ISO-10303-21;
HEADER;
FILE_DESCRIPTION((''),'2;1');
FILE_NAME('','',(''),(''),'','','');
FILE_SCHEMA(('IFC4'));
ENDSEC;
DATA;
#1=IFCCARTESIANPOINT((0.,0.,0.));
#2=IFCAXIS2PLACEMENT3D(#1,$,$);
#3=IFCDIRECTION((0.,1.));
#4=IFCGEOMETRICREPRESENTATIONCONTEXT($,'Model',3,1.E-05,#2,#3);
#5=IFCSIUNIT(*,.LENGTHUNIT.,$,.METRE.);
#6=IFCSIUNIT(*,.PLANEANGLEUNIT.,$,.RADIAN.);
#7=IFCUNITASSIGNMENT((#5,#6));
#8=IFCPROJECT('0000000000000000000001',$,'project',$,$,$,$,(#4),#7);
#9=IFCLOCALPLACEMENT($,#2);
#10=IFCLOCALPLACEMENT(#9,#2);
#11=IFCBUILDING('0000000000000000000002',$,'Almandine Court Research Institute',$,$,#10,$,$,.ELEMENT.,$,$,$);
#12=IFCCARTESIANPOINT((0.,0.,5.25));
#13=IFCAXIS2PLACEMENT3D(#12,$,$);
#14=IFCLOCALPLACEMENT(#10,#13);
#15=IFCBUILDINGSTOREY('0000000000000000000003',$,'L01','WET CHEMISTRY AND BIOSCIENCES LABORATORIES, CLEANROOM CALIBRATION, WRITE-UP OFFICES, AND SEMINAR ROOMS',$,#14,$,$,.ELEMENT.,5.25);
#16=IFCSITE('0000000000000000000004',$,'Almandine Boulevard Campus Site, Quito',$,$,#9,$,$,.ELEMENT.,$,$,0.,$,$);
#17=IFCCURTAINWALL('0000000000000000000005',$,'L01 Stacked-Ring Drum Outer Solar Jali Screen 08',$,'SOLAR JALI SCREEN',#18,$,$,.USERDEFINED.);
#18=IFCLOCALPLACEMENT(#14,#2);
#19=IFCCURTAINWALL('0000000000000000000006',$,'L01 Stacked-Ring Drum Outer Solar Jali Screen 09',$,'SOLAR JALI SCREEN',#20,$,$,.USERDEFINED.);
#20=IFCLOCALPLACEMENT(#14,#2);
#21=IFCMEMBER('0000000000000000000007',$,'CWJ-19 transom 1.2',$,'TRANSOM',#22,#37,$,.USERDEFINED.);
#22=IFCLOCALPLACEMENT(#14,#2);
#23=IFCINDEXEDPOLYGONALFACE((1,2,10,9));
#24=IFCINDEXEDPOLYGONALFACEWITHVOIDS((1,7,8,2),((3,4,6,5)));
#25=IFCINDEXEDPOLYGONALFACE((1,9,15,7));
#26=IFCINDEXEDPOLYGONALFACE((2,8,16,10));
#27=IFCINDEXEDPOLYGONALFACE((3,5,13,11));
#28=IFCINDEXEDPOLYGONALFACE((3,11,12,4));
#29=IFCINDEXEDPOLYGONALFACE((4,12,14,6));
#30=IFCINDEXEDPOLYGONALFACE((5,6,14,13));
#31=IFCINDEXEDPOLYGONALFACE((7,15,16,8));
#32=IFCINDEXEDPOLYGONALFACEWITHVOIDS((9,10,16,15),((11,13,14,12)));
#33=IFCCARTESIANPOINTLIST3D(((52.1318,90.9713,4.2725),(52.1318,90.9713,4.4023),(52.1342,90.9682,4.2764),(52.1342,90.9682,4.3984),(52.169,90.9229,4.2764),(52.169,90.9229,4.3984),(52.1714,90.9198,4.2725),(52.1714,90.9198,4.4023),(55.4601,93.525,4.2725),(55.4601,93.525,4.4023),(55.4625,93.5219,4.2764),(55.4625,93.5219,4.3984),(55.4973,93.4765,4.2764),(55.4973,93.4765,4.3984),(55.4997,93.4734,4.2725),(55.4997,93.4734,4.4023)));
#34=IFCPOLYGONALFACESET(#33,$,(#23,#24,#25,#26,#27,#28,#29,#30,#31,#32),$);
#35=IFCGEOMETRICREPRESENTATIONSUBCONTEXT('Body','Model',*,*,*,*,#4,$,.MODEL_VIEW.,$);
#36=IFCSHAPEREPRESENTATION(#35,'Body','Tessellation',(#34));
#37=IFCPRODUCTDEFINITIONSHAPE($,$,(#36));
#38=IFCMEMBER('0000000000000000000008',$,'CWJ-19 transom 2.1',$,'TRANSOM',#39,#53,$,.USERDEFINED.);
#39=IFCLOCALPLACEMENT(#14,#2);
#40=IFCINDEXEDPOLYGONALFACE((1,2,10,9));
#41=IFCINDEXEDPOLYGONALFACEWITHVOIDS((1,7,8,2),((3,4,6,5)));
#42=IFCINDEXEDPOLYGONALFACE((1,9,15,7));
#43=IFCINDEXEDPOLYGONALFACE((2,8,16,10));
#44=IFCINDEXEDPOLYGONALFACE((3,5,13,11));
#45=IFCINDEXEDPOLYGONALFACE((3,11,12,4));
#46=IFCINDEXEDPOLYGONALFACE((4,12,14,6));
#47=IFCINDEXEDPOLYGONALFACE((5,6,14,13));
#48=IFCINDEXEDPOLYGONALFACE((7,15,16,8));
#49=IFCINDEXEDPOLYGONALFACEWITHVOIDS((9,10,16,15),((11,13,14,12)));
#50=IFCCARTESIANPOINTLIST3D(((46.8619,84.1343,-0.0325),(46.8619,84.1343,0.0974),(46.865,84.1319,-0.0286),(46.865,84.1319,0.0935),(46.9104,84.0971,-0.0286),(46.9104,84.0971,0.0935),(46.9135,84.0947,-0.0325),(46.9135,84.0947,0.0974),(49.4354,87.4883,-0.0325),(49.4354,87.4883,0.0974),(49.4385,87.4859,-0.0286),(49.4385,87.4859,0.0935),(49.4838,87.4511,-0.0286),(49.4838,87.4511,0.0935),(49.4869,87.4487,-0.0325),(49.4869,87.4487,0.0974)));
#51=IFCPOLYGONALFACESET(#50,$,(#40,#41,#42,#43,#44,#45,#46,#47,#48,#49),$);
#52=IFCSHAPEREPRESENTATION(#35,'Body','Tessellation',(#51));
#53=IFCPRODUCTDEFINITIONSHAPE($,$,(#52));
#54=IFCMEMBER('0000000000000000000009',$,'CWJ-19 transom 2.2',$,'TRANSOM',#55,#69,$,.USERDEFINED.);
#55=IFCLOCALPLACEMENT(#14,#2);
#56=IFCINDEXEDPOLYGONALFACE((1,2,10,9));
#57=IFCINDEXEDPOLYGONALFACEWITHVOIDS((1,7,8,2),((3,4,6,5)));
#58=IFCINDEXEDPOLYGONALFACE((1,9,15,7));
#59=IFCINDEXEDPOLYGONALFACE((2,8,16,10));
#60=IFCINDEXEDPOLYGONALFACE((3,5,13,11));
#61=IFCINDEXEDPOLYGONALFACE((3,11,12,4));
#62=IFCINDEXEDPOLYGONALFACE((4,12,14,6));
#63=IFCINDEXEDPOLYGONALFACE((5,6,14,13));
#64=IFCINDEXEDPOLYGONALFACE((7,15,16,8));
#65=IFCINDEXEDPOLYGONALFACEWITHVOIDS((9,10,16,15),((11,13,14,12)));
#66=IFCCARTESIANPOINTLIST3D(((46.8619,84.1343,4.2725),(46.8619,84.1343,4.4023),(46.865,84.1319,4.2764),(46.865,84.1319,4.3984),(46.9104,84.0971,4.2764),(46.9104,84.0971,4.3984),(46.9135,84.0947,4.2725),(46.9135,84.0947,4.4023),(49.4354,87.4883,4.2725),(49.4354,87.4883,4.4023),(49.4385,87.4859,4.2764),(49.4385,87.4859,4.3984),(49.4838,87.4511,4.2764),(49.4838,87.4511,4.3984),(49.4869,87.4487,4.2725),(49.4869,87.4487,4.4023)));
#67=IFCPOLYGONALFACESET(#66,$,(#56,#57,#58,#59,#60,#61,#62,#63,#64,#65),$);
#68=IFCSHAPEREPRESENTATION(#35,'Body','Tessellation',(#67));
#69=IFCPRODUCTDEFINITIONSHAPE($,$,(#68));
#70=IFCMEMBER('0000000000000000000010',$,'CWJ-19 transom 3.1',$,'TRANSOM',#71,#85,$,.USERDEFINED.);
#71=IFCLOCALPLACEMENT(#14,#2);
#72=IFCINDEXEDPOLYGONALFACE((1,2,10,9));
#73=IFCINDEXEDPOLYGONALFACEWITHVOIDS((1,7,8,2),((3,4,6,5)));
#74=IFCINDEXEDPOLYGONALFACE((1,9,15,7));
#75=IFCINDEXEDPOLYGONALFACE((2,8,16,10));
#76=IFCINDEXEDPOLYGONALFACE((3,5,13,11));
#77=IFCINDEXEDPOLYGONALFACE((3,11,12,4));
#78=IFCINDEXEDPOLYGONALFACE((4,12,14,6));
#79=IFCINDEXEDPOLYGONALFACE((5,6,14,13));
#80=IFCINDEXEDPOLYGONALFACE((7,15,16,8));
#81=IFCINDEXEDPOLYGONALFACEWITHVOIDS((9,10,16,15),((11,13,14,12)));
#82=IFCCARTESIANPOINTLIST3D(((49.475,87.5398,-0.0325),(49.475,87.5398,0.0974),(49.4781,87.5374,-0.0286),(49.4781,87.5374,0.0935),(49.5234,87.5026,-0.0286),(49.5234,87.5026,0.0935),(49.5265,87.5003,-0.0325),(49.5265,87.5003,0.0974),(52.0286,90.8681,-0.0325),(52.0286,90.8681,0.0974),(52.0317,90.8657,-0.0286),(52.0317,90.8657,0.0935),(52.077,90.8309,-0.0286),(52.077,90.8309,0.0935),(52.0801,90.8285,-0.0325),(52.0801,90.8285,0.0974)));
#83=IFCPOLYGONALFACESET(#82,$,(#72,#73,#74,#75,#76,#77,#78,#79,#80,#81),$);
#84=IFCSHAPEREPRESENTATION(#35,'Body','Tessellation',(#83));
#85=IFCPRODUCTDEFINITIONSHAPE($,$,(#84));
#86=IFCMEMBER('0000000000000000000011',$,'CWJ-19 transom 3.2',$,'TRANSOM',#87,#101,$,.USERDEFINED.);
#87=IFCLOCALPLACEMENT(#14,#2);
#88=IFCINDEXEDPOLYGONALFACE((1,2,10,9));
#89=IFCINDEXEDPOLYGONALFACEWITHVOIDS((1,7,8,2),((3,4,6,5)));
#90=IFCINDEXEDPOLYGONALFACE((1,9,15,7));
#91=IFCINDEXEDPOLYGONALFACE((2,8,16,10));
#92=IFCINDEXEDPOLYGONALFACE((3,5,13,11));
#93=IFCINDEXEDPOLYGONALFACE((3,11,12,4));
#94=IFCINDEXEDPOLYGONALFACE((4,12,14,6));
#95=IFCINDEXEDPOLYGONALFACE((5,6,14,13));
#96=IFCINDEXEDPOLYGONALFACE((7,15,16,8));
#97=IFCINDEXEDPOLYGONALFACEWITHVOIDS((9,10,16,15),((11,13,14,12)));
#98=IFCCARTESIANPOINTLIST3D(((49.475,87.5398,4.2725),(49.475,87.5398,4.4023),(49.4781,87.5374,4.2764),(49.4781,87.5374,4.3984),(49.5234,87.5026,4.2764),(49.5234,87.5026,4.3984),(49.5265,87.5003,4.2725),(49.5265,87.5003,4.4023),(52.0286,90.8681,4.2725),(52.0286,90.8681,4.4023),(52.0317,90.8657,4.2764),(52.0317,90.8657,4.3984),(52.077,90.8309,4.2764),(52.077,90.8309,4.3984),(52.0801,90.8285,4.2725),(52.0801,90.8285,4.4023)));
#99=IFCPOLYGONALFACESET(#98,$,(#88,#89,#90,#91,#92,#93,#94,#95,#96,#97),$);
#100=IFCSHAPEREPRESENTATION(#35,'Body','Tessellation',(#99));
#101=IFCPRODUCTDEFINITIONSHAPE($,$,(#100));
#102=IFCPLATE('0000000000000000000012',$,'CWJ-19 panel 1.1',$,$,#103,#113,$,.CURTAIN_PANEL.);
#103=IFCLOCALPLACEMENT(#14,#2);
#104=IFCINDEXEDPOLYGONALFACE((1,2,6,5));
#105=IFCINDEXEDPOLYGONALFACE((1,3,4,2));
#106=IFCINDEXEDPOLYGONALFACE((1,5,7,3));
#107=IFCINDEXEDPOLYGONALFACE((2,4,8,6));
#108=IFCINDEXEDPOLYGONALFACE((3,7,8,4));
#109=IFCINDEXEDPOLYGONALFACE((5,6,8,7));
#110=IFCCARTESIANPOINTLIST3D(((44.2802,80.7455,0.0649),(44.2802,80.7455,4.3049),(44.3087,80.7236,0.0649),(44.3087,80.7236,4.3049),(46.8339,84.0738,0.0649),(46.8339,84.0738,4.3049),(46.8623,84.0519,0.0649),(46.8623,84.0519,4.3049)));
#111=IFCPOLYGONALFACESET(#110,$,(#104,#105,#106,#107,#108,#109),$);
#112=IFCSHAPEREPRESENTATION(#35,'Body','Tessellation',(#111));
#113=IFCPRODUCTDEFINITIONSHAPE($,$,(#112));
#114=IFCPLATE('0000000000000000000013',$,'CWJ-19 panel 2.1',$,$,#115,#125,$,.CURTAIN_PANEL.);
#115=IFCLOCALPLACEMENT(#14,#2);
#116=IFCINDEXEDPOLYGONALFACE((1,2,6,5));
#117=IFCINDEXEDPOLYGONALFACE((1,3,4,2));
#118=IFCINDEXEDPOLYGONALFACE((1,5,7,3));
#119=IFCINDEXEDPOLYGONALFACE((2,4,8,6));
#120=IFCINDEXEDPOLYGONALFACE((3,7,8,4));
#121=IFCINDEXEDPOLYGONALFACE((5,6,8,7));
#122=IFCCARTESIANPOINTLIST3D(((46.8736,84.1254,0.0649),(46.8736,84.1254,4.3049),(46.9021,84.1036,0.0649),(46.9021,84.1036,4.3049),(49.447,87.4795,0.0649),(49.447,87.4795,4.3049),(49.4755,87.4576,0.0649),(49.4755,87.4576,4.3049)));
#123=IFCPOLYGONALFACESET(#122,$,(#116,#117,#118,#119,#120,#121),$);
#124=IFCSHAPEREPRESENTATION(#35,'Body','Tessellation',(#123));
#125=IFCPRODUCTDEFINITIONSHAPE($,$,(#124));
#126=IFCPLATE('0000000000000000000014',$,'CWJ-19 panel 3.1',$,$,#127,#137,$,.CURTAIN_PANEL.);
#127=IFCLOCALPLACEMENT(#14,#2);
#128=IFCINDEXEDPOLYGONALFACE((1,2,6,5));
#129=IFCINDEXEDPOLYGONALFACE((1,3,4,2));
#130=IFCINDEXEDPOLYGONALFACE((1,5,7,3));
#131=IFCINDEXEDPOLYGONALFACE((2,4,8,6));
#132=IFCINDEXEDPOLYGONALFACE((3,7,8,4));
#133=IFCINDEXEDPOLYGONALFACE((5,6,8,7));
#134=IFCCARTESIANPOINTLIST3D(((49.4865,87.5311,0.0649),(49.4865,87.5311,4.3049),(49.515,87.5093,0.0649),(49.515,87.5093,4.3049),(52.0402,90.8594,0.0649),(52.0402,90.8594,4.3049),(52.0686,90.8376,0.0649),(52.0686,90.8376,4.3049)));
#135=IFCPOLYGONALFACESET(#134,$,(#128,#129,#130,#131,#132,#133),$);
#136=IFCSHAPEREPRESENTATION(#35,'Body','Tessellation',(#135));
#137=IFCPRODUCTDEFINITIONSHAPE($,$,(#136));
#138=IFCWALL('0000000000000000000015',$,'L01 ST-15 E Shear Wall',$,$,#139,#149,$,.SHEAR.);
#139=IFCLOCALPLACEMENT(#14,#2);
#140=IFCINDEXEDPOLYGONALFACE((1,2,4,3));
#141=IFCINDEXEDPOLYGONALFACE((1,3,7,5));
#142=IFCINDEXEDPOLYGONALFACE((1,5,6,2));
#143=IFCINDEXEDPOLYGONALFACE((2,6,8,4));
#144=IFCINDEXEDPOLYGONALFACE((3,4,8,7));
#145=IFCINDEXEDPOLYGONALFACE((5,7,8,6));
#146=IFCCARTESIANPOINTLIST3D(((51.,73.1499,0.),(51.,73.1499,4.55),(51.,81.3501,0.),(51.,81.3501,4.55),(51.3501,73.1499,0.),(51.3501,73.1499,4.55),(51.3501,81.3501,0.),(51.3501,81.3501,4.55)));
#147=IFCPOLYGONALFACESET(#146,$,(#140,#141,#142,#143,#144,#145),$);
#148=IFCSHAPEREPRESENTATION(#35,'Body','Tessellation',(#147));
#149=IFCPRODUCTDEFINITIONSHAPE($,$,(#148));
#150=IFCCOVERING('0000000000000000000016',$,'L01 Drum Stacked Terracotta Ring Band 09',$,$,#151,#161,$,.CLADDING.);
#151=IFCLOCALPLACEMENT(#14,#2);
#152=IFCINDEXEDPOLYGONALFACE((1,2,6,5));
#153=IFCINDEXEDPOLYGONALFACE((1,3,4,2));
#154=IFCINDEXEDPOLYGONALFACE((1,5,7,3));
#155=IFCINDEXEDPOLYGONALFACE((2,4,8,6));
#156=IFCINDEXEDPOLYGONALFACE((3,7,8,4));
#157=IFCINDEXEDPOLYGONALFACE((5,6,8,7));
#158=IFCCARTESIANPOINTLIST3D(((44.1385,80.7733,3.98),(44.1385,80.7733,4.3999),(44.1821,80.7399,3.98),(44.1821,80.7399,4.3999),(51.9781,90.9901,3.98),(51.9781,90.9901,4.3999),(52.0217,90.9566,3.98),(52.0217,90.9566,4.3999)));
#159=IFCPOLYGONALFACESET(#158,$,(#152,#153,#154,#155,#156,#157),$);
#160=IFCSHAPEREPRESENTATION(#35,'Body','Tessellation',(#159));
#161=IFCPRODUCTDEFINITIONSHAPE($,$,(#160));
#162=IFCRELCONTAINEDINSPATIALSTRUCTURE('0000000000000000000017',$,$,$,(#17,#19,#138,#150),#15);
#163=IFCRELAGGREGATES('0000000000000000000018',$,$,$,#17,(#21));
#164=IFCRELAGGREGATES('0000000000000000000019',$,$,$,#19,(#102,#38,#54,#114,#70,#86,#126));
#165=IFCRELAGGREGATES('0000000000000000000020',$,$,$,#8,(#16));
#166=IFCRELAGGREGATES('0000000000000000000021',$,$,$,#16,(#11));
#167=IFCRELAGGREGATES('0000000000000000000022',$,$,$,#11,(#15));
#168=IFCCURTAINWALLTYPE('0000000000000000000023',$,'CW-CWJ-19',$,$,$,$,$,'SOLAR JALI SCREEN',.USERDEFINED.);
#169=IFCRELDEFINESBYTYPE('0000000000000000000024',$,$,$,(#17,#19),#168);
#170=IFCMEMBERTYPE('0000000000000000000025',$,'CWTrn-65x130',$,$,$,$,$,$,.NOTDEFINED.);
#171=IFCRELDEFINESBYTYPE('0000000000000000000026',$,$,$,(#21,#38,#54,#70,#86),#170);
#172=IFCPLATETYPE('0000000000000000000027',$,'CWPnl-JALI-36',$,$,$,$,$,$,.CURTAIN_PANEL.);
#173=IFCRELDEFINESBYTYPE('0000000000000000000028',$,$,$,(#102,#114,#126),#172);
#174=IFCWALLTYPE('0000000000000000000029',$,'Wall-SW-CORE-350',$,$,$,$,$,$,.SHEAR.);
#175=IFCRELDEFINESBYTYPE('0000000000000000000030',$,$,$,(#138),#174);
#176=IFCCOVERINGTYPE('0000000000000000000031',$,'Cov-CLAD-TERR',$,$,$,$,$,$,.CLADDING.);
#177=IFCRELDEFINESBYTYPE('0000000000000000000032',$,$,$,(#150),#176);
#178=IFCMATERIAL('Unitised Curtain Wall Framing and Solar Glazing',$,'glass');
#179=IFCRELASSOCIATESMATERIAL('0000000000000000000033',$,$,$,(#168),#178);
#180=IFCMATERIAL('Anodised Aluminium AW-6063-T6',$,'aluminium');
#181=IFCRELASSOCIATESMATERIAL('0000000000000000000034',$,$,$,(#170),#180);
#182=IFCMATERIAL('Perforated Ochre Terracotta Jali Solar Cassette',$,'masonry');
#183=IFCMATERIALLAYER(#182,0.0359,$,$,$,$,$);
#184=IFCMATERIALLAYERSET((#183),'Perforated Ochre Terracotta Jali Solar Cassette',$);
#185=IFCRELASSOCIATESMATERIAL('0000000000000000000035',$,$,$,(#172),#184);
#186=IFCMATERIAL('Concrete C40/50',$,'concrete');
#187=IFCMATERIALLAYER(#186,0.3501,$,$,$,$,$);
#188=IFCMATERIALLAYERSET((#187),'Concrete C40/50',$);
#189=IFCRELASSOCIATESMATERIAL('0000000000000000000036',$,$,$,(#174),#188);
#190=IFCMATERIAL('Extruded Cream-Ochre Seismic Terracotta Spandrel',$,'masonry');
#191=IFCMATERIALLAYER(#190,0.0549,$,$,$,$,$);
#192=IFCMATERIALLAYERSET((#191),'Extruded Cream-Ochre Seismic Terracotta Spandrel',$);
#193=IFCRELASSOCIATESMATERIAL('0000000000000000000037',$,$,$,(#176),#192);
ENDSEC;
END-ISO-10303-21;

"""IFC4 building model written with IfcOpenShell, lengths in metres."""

from ifc_helpers import new_model, si_unit, direction, frame, frame_2d, origin, origin_2d, place, context, subcontext, project, spatial, rectangle, hollow_rectangle, extrude, material, layer, layer_set, material_profile, profile_set, type_object, element, aggregate, save


model = new_model("IFC4")

# Units and contexts
model_context = context("Model", 3, precision=1e-05, world=origin(), true_north=direction((0.0, 1.0)))
body_context = subcontext(model_context, "Body", "Model", "MODEL_VIEW")
ifc_project = project(units=[si_unit("LENGTHUNIT", "METRE"), si_unit("PLANEANGLEUNIT", "RADIAN")], contexts=[model_context])

# Site, building, storey
site_placement = place(None, origin())
site = spatial("IfcSite", under=ifc_project, at=site_placement, Name="Almandine Boulevard Campus Site, Quito", CompositionType="ELEMENT", RefElevation=0.0)
building_placement = place(site_placement, origin())
building = spatial("IfcBuilding", under=site, at=building_placement, Name="Almandine Court Research Institute", CompositionType="ELEMENT")
storey_placement = place(building_placement, frame((0.0, 0.0, 5.25)))
storey = spatial("IfcBuildingStorey", under=building, at=storey_placement, Name="L01", Description="WET CHEMISTRY AND BIOSCIENCES LABORATORIES, CLEANROOM CALIBRATION, WRITE-UP OFFICES, AND SEMINAR ROOMS", CompositionType="ELEMENT", Elevation=5.25)

# Curtain wall
ifc_material_1 = material(Name="Unitised Curtain Wall Framing and Solar Glazing", Category="glass")
curtain_wall_type = type_object("IfcCurtainWallType", Name="CW-CWJ-19", ElementType="SOLAR JALI SCREEN", PredefinedType="USERDEFINED", material=ifc_material_1)
curtain_wall_1_placement = place(storey_placement, origin())
curtain_wall_1 = element("IfcCurtainWall", 1, at=curtain_wall_1_placement, inside=storey, type_object=curtain_wall_type, Name="L01 Stacked-Ring Drum Outer Solar Jali Screen 08", ObjectType="SOLAR JALI SCREEN", PredefinedType="USERDEFINED")
ifc_material_2 = material(Name="Anodised Aluminium AW-6063-T6", Category="aluminium")

# Curtain wall
curtain_wall_2_placement = place(storey_placement, origin())
curtain_wall_2 = element("IfcCurtainWall", 2, at=curtain_wall_2_placement, inside=storey, type_object=curtain_wall_type, Name="L01 Stacked-Ring Drum Outer Solar Jali Screen 09", ObjectType="SOLAR JALI SCREEN", PredefinedType="USERDEFINED")

# Members
ifc_material_profile_1 = material_profile(ifc_material_2, hollow_rectangle(XDim=0.0649, YDim=0.1299, WallThickness=0.0039, at=origin_2d()), Name="ALU RHS 65x130x4")
ifc_profile_set_1 = profile_set([ifc_material_profile_1], Name="Anodised Aluminium AW-6063-T6")
member_type_1 = type_object("IfcMemberType", Name="CWTrn-65x130", PredefinedType="NOTDEFINED", material=ifc_profile_set_1)
member_1_placement = place(storey_placement, frame((52.1516, 90.9456, 4.3374), z_axis=(0.793381, 0.608726, 0.0), x_axis=(-0.608726, 0.793381, 0.0)))
member_1 = element("IfcMember", 3, at=member_1_placement, type_object=member_type_1, Name="CWJ-19 transom 1.2", ObjectType="TRANSOM", PredefinedType="USERDEFINED", context=body_context, shape_type="SweptSolid", body=[
    extrude(hollow_rectangle(XDim=0.0649, YDim=0.1299, WallThickness=0.0039, at=origin_2d()), origin(), (0.0, 0.0, 1.0), 4.1951),
])
aggregate(curtain_wall_1, [member_1])
member_2_placement = place(storey_placement, frame((46.8877, 84.1145, 0.0325), z_axis=(0.608742, 0.793368, 0.0), x_axis=(-0.793368, 0.608742, 0.0)))
member_2 = element("IfcMember", 4, at=member_2_placement, type_object=member_type_1, Name="CWJ-19 transom 2.1", ObjectType="TRANSOM", PredefinedType="USERDEFINED", context=body_context, shape_type="SweptSolid", body=[
    extrude(hollow_rectangle(XDim=0.0649, YDim=0.1299, WallThickness=0.0039, at=origin_2d()), origin(), (0.0, 0.0, 1.0), 4.2275),
])
member_3_placement = place(storey_placement, frame((46.8877, 84.1145, 4.3374), z_axis=(0.608742, 0.793368, 0.0), x_axis=(-0.793368, 0.608742, 0.0)))
member_3 = element("IfcMember", 5, at=member_3_placement, type_object=member_type_1, Name="CWJ-19 transom 2.2", ObjectType="TRANSOM", PredefinedType="USERDEFINED", context=body_context, shape_type="SweptSolid", body=[
    extrude(hollow_rectangle(XDim=0.0649, YDim=0.1299, WallThickness=0.0039, at=origin_2d()), origin(), (0.0, 0.0, 1.0), 4.2275),
])
member_4_placement = place(storey_placement, frame((49.5007, 87.52, 0.0325), z_axis=(0.608726, 0.793381, 0.0), x_axis=(-0.793381, 0.608726, 0.0)))
member_4 = element("IfcMember", 6, at=member_4_placement, type_object=member_type_1, Name="CWJ-19 transom 3.1", ObjectType="TRANSOM", PredefinedType="USERDEFINED", context=body_context, shape_type="SweptSolid", body=[
    extrude(hollow_rectangle(XDim=0.0649, YDim=0.1299, WallThickness=0.0039, at=origin_2d()), origin(), (0.0, 0.0, 1.0), 4.1951),
])
member_5_placement = place(storey_placement, frame((49.5007, 87.52, 4.3374), z_axis=(0.608726, 0.793381, 0.0), x_axis=(-0.793381, 0.608726, 0.0)))
member_5 = element("IfcMember", 7, at=member_5_placement, type_object=member_type_1, Name="CWJ-19 transom 3.2", ObjectType="TRANSOM", PredefinedType="USERDEFINED", context=body_context, shape_type="SweptSolid", body=[
    extrude(hollow_rectangle(XDim=0.0649, YDim=0.1299, WallThickness=0.0039, at=origin_2d()), origin(), (0.0, 0.0, 1.0), 4.1951),
])

# Plates
ifc_material_3 = material(Name="Perforated Ochre Terracotta Jali Solar Cassette", Category="masonry")
ifc_layer_1 = layer(ifc_material_3, 0.0359)
ifc_layer_set_1 = layer_set([ifc_layer_1], Name="Perforated Ochre Terracotta Jali Solar Cassette")
plate_type = type_object("IfcPlateType", Name="CWPnl-JALI-36", PredefinedType="CURTAIN_PANEL", material=ifc_layer_set_1)
plate_1_placement = place(storey_placement, frame((45.5713, 82.3987, 0.0649), z_axis=(0.0, 0.0, 1.0), x_axis=(0.608723, 0.793383, 0.0)))
plate_1 = element("IfcPlate", 8, at=plate_1_placement, type_object=plate_type, Name="CWJ-19 panel 1.1", PredefinedType="CURTAIN_PANEL", context=body_context, shape_type="SweptSolid", body=[
    extrude(rectangle(XDim=4.1951, YDim=0.0359, at=origin_2d()), origin(), (0.0, 0.0, 1.0), 4.24),
])
plate_2_placement = place(storey_placement, frame((48.1746, 85.7915, 0.0649), z_axis=(0.0, 0.0, 1.0), x_axis=(0.608723, 0.793383, 0.0)))
plate_2 = element("IfcPlate", 9, at=plate_2_placement, type_object=plate_type, Name="CWJ-19 panel 2.1", PredefinedType="CURTAIN_PANEL", context=body_context, shape_type="SweptSolid", body=[
    extrude(rectangle(XDim=4.2275, YDim=0.0359, at=origin_2d()), origin(), (0.0, 0.0, 1.0), 4.24),
])
plate_3_placement = place(storey_placement, frame((50.7776, 89.1843, 0.0649), z_axis=(0.0, 0.0, 1.0), x_axis=(0.608723, 0.793383, 0.0)))
plate_3 = element("IfcPlate", 10, at=plate_3_placement, type_object=plate_type, Name="CWJ-19 panel 3.1", PredefinedType="CURTAIN_PANEL", context=body_context, shape_type="SweptSolid", body=[
    extrude(rectangle(XDim=4.1951, YDim=0.0359, at=origin_2d()), origin(), (0.0, 0.0, 1.0), 4.24),
])
aggregate(curtain_wall_2, [plate_1, member_2, member_3, plate_2, member_4, member_5, plate_3])

# Wall
ifc_material_4 = material(Name="Concrete C40/50", Category="concrete")
ifc_layer_2 = layer(ifc_material_4, 0.3501)
ifc_layer_set_2 = layer_set([ifc_layer_2], Name="Concrete C40/50")
wall_type = type_object("IfcWallType", Name="Wall-SW-CORE-350", PredefinedType="SHEAR", material=ifc_layer_set_2)
wall_placement = place(storey_placement, frame((51.175, 81.3501, 0.0), z_axis=(0.0, 0.0, 1.0), x_axis=(0.0, -1.0, 0.0)))
element("IfcWall", 11, at=wall_placement, inside=storey, type_object=wall_type, Name="L01 ST-15 E Shear Wall", PredefinedType="SHEAR", context=body_context, shape_type="SweptSolid", body=[
    extrude(rectangle(XDim=8.2002, YDim=0.3501, at=frame_2d((4.1001, 0.0))), origin(), (0.0, 0.0, 1.0), 4.55),
])

# Covering
ifc_material_5 = material(Name="Extruded Cream-Ochre Seismic Terracotta Spandrel", Category="masonry")
ifc_layer_3 = layer(ifc_material_5, 0.0549)
ifc_layer_set_3 = layer_set([ifc_layer_3], Name="Extruded Cream-Ochre Seismic Terracotta Spandrel")
covering_type = type_object("IfcCoveringType", Name="Cov-CLAD-TERR", PredefinedType="CLADDING", material=ifc_layer_set_3)
covering_placement = place(storey_placement, frame((48.0801, 85.865, 3.98), z_axis=(0.0, 0.0, 1.0), x_axis=(0.608761, 0.793353, 0.0)))
element("IfcCovering", 12, at=covering_placement, inside=storey, type_object=covering_type, Name="L01 Drum Stacked Terracotta Ring Band 09", PredefinedType="CLADDING", context=body_context, shape_type="SweptSolid", body=[
    extrude(rectangle(XDim=12.8779, YDim=0.0549, at=origin_2d()), origin(), (0.0, 0.0, 1.0), 0.4199),
])

save(model, "model.ifc")
